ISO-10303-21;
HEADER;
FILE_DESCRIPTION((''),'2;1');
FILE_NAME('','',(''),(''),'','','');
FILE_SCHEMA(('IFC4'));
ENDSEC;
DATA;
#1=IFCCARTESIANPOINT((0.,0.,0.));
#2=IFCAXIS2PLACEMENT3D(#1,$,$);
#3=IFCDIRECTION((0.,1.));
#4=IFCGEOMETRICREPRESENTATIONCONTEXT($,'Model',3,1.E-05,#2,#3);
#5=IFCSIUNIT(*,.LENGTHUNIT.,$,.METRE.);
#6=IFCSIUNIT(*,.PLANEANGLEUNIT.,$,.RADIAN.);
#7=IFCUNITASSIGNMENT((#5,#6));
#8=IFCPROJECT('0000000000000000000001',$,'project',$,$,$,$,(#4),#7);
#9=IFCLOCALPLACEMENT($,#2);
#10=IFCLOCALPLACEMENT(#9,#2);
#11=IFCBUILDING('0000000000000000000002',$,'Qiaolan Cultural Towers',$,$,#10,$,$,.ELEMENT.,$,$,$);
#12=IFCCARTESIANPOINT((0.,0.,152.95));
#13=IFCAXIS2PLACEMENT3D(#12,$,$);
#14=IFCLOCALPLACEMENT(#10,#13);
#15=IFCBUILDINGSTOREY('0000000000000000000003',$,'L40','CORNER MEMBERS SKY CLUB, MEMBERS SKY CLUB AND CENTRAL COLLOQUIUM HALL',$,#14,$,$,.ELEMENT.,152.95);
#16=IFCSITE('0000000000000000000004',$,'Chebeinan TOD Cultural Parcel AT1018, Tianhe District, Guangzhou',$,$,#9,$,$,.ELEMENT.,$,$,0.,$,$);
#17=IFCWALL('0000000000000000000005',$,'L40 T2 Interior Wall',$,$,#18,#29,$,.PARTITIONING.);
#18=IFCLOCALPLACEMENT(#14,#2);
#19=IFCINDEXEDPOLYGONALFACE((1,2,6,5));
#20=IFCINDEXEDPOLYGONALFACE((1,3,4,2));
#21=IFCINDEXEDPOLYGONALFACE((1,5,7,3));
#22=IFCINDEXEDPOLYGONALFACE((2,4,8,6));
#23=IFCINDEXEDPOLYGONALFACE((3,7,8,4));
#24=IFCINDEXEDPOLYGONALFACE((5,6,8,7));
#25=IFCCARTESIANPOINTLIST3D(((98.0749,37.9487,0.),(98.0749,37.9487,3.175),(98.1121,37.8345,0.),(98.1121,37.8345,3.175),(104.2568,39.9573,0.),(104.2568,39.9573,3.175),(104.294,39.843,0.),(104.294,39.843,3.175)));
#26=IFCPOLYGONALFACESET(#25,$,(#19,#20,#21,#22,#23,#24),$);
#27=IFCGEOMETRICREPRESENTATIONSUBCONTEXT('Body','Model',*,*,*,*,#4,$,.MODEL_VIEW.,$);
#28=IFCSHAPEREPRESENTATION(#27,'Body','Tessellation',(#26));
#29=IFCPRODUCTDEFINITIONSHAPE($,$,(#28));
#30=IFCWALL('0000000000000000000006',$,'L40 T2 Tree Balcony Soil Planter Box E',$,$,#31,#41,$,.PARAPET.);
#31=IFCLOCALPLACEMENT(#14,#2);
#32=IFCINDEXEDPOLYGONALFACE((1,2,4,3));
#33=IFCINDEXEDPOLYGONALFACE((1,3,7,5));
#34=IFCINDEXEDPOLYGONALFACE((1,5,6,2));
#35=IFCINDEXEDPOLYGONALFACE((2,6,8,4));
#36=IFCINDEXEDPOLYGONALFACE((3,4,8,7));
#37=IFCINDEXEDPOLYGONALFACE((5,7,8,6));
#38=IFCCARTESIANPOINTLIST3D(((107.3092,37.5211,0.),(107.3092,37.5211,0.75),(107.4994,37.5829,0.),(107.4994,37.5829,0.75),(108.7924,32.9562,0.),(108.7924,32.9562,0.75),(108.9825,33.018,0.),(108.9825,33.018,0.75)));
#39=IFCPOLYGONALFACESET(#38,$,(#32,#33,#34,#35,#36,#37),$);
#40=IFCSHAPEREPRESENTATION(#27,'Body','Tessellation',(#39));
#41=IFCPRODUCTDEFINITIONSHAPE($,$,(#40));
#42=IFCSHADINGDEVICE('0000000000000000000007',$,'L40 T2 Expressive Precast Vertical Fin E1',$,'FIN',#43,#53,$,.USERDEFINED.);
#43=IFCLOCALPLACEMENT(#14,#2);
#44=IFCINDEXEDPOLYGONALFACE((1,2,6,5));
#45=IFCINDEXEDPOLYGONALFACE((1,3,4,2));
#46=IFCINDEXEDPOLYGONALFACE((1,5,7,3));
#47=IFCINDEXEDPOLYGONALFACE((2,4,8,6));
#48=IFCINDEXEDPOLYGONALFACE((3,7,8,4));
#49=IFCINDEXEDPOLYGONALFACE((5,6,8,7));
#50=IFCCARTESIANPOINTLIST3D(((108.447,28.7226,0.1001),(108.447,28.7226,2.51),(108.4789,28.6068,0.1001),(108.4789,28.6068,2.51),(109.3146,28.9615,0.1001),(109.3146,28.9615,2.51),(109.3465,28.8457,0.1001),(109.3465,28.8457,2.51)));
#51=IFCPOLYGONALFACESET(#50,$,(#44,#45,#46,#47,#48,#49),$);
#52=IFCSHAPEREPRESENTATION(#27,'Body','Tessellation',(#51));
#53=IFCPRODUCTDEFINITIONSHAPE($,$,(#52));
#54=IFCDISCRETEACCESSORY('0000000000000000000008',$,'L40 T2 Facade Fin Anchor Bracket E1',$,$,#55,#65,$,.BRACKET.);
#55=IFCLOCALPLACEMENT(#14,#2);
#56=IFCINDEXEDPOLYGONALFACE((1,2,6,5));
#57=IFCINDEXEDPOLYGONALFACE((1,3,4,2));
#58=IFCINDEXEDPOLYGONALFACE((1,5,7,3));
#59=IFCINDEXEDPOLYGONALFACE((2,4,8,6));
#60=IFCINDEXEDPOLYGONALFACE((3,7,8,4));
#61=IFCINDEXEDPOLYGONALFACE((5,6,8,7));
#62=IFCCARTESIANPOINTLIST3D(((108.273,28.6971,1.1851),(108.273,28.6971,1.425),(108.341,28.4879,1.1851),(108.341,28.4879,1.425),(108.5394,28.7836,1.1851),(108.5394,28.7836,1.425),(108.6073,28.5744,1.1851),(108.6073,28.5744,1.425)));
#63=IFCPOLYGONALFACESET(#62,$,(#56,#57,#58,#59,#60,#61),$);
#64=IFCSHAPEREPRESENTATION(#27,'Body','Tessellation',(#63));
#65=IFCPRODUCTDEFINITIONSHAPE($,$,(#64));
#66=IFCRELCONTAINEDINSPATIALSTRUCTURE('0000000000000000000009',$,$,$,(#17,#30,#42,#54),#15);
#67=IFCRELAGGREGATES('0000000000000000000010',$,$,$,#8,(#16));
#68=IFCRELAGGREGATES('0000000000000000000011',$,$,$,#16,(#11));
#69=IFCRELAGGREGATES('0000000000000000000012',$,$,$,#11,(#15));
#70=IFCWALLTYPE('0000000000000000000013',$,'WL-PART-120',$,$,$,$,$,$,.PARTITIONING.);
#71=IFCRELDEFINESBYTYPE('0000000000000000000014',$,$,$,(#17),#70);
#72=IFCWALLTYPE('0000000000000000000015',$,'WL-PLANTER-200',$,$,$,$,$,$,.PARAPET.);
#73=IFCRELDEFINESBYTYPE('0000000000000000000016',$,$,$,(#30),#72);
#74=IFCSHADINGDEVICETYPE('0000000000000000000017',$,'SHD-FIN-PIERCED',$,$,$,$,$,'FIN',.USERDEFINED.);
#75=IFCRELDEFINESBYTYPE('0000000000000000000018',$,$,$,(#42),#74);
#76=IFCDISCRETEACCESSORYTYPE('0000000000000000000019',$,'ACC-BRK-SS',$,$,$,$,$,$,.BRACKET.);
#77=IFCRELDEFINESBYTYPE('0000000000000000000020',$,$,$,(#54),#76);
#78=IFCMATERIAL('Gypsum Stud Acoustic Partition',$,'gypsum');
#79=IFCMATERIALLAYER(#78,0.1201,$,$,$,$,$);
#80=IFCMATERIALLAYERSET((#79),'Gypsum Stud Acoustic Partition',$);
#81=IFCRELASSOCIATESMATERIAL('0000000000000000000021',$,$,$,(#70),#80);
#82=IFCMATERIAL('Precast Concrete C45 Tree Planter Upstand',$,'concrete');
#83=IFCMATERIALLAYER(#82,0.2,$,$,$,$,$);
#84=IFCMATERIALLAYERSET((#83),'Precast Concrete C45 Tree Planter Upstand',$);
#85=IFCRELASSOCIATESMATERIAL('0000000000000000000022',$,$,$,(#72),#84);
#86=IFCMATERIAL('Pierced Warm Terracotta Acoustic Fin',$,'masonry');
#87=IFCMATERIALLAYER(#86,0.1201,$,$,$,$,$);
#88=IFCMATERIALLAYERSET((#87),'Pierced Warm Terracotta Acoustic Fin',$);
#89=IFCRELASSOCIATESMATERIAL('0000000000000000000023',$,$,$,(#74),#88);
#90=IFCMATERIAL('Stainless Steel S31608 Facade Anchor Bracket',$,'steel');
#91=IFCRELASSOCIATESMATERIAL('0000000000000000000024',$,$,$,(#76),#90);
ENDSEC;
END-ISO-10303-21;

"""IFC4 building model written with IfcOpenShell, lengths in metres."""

from ifc_helpers import new_model, si_unit, direction, frame, frame_2d, origin, origin_2d, place, context, subcontext, project, spatial, rectangle, extrude, material, layer, layer_set, type_object, element, save


model = new_model("IFC4")

# Units and contexts
model_context = context("Model", 3, precision=1e-05, world=origin(), true_north=direction((0.0, 1.0)))
body_context = subcontext(model_context, "Body", "Model", "MODEL_VIEW")
ifc_project = project(units=[si_unit("LENGTHUNIT", "METRE"), si_unit("PLANEANGLEUNIT", "RADIAN")], contexts=[model_context])

# Site, building, storey
site_placement = place(None, origin())
site = spatial("IfcSite", under=ifc_project, at=site_placement, Name="Chebeinan TOD Cultural Parcel AT1018, Tianhe District, Guangzhou", CompositionType="ELEMENT", RefElevation=0.0)
building_placement = place(site_placement, origin())
building = spatial("IfcBuilding", under=site, at=building_placement, Name="Qiaolan Cultural Towers", CompositionType="ELEMENT")
storey_placement = place(building_placement, frame((0.0, 0.0, 152.95)))
storey = spatial("IfcBuildingStorey", under=building, at=storey_placement, Name="L40", Description="CORNER MEMBERS SKY CLUB, MEMBERS SKY CLUB AND CENTRAL COLLOQUIUM HALL", CompositionType="ELEMENT", Elevation=152.95)

# Shared definitions
ifc_material_1 = material(Name="Gypsum Stud Acoustic Partition", Category="gypsum")
ifc_layer_1 = layer(ifc_material_1, 0.1201)
ifc_layer_set_1 = layer_set([ifc_layer_1], Name="Gypsum Stud Acoustic Partition")
wall_type_1 = type_object("IfcWallType", Name="WL-PART-120", PredefinedType="PARTITIONING", material=ifc_layer_set_1)

# Walls
for number, where, z_axis, x_axis, name in (
    (1, (98.0935, 37.8916, 0.0), (0.0, 0.0, 1.0), (0.95106, 0.309007, 0.0), "L40 T2 Interior Wall"),
):
    element("IfcWall", number, at=place(storey_placement, frame(where, z_axis=z_axis, x_axis=x_axis)), inside=storey, type_object=wall_type_1, Name=name, PredefinedType="PARTITIONING", context=body_context, shape_type="SweptSolid", body=[
        extrude(rectangle(XDim=6.5, YDim=0.1201, at=frame_2d((3.25, 0.0))), origin(), (0.0, 0.0, 1.0), 3.175),
    ])
ifc_material_2 = material(Name="Precast Concrete C45 Tree Planter Upstand", Category="concrete")
ifc_layer_2 = layer(ifc_material_2, 0.2)
ifc_layer_set_2 = layer_set([ifc_layer_2], Name="Precast Concrete C45 Tree Planter Upstand")
wall_type_2 = type_object("IfcWallType", Name="WL-PLANTER-200", PredefinedType="PARAPET", material=ifc_layer_set_2)
wall_1_placement = place(storey_placement, frame((108.8875, 32.9871, 0.0), z_axis=(0.0, 0.0, 1.0), x_axis=(-0.309001, 0.951062, 0.0)))
element("IfcWall", 2, at=wall_1_placement, inside=storey, type_object=wall_type_2, Name="L40 T2 Tree Balcony Soil Planter Box E", PredefinedType="PARAPET", context=body_context, shape_type="SweptSolid", body=[
    extrude(rectangle(XDim=4.7998, YDim=0.2, at=frame_2d((2.3999, 0.0))), origin(), (0.0, 0.0, 1.0), 0.75),
])

# Shading device
ifc_material_3 = material(Name="Pierced Warm Terracotta Acoustic Fin", Category="masonry")
ifc_layer_3 = layer(ifc_material_3, 0.1201)
ifc_layer_set_3 = layer_set([ifc_layer_3], Name="Pierced Warm Terracotta Acoustic Fin")
shading_device_type = type_object("IfcShadingDeviceType", Name="SHD-FIN-PIERCED", ElementType="FIN", PredefinedType="USERDEFINED", material=ifc_layer_set_3)
shading_device_placement = place(storey_placement, frame((108.8967, 28.7842, 0.1001), z_axis=(0.0, 0.0, 1.0), x_axis=(0.964117, 0.265477, 0.0)))
element("IfcShadingDevice", 3, at=shading_device_placement, inside=storey, type_object=shading_device_type, Name="L40 T2 Expressive Precast Vertical Fin E1", ObjectType="FIN", PredefinedType="USERDEFINED", context=body_context, shape_type="SweptSolid", body=[
    extrude(rectangle(XDim=0.8999, YDim=0.1201, at=origin_2d()), origin(), (0.0, 0.0, 1.0), 2.4099),
])

# Discrete accessory
ifc_material_4 = material(Name="Stainless Steel S31608 Facade Anchor Bracket", Category="steel")
discrete_accessory_type = type_object("IfcDiscreteAccessoryType", Name="ACC-BRK-SS", PredefinedType="BRACKET", material=ifc_material_4)
discrete_accessory_placement = place(storey_placement, frame((108.4402, 28.6357, 1.1851), z_axis=(0.0, 0.0, 1.0), x_axis=(0.951057, 0.309017, 0.0)))
element("IfcDiscreteAccessory", 4, at=discrete_accessory_placement, inside=storey, type_object=discrete_accessory_type, Name="L40 T2 Facade Fin Anchor Bracket E1", PredefinedType="BRACKET", context=body_context, shape_type="SweptSolid", body=[
    extrude(rectangle(XDim=0.28, YDim=0.22, at=origin_2d()), origin(), (0.0, 0.0, 1.0), 0.24),
])

save(model, "model.ifc")
